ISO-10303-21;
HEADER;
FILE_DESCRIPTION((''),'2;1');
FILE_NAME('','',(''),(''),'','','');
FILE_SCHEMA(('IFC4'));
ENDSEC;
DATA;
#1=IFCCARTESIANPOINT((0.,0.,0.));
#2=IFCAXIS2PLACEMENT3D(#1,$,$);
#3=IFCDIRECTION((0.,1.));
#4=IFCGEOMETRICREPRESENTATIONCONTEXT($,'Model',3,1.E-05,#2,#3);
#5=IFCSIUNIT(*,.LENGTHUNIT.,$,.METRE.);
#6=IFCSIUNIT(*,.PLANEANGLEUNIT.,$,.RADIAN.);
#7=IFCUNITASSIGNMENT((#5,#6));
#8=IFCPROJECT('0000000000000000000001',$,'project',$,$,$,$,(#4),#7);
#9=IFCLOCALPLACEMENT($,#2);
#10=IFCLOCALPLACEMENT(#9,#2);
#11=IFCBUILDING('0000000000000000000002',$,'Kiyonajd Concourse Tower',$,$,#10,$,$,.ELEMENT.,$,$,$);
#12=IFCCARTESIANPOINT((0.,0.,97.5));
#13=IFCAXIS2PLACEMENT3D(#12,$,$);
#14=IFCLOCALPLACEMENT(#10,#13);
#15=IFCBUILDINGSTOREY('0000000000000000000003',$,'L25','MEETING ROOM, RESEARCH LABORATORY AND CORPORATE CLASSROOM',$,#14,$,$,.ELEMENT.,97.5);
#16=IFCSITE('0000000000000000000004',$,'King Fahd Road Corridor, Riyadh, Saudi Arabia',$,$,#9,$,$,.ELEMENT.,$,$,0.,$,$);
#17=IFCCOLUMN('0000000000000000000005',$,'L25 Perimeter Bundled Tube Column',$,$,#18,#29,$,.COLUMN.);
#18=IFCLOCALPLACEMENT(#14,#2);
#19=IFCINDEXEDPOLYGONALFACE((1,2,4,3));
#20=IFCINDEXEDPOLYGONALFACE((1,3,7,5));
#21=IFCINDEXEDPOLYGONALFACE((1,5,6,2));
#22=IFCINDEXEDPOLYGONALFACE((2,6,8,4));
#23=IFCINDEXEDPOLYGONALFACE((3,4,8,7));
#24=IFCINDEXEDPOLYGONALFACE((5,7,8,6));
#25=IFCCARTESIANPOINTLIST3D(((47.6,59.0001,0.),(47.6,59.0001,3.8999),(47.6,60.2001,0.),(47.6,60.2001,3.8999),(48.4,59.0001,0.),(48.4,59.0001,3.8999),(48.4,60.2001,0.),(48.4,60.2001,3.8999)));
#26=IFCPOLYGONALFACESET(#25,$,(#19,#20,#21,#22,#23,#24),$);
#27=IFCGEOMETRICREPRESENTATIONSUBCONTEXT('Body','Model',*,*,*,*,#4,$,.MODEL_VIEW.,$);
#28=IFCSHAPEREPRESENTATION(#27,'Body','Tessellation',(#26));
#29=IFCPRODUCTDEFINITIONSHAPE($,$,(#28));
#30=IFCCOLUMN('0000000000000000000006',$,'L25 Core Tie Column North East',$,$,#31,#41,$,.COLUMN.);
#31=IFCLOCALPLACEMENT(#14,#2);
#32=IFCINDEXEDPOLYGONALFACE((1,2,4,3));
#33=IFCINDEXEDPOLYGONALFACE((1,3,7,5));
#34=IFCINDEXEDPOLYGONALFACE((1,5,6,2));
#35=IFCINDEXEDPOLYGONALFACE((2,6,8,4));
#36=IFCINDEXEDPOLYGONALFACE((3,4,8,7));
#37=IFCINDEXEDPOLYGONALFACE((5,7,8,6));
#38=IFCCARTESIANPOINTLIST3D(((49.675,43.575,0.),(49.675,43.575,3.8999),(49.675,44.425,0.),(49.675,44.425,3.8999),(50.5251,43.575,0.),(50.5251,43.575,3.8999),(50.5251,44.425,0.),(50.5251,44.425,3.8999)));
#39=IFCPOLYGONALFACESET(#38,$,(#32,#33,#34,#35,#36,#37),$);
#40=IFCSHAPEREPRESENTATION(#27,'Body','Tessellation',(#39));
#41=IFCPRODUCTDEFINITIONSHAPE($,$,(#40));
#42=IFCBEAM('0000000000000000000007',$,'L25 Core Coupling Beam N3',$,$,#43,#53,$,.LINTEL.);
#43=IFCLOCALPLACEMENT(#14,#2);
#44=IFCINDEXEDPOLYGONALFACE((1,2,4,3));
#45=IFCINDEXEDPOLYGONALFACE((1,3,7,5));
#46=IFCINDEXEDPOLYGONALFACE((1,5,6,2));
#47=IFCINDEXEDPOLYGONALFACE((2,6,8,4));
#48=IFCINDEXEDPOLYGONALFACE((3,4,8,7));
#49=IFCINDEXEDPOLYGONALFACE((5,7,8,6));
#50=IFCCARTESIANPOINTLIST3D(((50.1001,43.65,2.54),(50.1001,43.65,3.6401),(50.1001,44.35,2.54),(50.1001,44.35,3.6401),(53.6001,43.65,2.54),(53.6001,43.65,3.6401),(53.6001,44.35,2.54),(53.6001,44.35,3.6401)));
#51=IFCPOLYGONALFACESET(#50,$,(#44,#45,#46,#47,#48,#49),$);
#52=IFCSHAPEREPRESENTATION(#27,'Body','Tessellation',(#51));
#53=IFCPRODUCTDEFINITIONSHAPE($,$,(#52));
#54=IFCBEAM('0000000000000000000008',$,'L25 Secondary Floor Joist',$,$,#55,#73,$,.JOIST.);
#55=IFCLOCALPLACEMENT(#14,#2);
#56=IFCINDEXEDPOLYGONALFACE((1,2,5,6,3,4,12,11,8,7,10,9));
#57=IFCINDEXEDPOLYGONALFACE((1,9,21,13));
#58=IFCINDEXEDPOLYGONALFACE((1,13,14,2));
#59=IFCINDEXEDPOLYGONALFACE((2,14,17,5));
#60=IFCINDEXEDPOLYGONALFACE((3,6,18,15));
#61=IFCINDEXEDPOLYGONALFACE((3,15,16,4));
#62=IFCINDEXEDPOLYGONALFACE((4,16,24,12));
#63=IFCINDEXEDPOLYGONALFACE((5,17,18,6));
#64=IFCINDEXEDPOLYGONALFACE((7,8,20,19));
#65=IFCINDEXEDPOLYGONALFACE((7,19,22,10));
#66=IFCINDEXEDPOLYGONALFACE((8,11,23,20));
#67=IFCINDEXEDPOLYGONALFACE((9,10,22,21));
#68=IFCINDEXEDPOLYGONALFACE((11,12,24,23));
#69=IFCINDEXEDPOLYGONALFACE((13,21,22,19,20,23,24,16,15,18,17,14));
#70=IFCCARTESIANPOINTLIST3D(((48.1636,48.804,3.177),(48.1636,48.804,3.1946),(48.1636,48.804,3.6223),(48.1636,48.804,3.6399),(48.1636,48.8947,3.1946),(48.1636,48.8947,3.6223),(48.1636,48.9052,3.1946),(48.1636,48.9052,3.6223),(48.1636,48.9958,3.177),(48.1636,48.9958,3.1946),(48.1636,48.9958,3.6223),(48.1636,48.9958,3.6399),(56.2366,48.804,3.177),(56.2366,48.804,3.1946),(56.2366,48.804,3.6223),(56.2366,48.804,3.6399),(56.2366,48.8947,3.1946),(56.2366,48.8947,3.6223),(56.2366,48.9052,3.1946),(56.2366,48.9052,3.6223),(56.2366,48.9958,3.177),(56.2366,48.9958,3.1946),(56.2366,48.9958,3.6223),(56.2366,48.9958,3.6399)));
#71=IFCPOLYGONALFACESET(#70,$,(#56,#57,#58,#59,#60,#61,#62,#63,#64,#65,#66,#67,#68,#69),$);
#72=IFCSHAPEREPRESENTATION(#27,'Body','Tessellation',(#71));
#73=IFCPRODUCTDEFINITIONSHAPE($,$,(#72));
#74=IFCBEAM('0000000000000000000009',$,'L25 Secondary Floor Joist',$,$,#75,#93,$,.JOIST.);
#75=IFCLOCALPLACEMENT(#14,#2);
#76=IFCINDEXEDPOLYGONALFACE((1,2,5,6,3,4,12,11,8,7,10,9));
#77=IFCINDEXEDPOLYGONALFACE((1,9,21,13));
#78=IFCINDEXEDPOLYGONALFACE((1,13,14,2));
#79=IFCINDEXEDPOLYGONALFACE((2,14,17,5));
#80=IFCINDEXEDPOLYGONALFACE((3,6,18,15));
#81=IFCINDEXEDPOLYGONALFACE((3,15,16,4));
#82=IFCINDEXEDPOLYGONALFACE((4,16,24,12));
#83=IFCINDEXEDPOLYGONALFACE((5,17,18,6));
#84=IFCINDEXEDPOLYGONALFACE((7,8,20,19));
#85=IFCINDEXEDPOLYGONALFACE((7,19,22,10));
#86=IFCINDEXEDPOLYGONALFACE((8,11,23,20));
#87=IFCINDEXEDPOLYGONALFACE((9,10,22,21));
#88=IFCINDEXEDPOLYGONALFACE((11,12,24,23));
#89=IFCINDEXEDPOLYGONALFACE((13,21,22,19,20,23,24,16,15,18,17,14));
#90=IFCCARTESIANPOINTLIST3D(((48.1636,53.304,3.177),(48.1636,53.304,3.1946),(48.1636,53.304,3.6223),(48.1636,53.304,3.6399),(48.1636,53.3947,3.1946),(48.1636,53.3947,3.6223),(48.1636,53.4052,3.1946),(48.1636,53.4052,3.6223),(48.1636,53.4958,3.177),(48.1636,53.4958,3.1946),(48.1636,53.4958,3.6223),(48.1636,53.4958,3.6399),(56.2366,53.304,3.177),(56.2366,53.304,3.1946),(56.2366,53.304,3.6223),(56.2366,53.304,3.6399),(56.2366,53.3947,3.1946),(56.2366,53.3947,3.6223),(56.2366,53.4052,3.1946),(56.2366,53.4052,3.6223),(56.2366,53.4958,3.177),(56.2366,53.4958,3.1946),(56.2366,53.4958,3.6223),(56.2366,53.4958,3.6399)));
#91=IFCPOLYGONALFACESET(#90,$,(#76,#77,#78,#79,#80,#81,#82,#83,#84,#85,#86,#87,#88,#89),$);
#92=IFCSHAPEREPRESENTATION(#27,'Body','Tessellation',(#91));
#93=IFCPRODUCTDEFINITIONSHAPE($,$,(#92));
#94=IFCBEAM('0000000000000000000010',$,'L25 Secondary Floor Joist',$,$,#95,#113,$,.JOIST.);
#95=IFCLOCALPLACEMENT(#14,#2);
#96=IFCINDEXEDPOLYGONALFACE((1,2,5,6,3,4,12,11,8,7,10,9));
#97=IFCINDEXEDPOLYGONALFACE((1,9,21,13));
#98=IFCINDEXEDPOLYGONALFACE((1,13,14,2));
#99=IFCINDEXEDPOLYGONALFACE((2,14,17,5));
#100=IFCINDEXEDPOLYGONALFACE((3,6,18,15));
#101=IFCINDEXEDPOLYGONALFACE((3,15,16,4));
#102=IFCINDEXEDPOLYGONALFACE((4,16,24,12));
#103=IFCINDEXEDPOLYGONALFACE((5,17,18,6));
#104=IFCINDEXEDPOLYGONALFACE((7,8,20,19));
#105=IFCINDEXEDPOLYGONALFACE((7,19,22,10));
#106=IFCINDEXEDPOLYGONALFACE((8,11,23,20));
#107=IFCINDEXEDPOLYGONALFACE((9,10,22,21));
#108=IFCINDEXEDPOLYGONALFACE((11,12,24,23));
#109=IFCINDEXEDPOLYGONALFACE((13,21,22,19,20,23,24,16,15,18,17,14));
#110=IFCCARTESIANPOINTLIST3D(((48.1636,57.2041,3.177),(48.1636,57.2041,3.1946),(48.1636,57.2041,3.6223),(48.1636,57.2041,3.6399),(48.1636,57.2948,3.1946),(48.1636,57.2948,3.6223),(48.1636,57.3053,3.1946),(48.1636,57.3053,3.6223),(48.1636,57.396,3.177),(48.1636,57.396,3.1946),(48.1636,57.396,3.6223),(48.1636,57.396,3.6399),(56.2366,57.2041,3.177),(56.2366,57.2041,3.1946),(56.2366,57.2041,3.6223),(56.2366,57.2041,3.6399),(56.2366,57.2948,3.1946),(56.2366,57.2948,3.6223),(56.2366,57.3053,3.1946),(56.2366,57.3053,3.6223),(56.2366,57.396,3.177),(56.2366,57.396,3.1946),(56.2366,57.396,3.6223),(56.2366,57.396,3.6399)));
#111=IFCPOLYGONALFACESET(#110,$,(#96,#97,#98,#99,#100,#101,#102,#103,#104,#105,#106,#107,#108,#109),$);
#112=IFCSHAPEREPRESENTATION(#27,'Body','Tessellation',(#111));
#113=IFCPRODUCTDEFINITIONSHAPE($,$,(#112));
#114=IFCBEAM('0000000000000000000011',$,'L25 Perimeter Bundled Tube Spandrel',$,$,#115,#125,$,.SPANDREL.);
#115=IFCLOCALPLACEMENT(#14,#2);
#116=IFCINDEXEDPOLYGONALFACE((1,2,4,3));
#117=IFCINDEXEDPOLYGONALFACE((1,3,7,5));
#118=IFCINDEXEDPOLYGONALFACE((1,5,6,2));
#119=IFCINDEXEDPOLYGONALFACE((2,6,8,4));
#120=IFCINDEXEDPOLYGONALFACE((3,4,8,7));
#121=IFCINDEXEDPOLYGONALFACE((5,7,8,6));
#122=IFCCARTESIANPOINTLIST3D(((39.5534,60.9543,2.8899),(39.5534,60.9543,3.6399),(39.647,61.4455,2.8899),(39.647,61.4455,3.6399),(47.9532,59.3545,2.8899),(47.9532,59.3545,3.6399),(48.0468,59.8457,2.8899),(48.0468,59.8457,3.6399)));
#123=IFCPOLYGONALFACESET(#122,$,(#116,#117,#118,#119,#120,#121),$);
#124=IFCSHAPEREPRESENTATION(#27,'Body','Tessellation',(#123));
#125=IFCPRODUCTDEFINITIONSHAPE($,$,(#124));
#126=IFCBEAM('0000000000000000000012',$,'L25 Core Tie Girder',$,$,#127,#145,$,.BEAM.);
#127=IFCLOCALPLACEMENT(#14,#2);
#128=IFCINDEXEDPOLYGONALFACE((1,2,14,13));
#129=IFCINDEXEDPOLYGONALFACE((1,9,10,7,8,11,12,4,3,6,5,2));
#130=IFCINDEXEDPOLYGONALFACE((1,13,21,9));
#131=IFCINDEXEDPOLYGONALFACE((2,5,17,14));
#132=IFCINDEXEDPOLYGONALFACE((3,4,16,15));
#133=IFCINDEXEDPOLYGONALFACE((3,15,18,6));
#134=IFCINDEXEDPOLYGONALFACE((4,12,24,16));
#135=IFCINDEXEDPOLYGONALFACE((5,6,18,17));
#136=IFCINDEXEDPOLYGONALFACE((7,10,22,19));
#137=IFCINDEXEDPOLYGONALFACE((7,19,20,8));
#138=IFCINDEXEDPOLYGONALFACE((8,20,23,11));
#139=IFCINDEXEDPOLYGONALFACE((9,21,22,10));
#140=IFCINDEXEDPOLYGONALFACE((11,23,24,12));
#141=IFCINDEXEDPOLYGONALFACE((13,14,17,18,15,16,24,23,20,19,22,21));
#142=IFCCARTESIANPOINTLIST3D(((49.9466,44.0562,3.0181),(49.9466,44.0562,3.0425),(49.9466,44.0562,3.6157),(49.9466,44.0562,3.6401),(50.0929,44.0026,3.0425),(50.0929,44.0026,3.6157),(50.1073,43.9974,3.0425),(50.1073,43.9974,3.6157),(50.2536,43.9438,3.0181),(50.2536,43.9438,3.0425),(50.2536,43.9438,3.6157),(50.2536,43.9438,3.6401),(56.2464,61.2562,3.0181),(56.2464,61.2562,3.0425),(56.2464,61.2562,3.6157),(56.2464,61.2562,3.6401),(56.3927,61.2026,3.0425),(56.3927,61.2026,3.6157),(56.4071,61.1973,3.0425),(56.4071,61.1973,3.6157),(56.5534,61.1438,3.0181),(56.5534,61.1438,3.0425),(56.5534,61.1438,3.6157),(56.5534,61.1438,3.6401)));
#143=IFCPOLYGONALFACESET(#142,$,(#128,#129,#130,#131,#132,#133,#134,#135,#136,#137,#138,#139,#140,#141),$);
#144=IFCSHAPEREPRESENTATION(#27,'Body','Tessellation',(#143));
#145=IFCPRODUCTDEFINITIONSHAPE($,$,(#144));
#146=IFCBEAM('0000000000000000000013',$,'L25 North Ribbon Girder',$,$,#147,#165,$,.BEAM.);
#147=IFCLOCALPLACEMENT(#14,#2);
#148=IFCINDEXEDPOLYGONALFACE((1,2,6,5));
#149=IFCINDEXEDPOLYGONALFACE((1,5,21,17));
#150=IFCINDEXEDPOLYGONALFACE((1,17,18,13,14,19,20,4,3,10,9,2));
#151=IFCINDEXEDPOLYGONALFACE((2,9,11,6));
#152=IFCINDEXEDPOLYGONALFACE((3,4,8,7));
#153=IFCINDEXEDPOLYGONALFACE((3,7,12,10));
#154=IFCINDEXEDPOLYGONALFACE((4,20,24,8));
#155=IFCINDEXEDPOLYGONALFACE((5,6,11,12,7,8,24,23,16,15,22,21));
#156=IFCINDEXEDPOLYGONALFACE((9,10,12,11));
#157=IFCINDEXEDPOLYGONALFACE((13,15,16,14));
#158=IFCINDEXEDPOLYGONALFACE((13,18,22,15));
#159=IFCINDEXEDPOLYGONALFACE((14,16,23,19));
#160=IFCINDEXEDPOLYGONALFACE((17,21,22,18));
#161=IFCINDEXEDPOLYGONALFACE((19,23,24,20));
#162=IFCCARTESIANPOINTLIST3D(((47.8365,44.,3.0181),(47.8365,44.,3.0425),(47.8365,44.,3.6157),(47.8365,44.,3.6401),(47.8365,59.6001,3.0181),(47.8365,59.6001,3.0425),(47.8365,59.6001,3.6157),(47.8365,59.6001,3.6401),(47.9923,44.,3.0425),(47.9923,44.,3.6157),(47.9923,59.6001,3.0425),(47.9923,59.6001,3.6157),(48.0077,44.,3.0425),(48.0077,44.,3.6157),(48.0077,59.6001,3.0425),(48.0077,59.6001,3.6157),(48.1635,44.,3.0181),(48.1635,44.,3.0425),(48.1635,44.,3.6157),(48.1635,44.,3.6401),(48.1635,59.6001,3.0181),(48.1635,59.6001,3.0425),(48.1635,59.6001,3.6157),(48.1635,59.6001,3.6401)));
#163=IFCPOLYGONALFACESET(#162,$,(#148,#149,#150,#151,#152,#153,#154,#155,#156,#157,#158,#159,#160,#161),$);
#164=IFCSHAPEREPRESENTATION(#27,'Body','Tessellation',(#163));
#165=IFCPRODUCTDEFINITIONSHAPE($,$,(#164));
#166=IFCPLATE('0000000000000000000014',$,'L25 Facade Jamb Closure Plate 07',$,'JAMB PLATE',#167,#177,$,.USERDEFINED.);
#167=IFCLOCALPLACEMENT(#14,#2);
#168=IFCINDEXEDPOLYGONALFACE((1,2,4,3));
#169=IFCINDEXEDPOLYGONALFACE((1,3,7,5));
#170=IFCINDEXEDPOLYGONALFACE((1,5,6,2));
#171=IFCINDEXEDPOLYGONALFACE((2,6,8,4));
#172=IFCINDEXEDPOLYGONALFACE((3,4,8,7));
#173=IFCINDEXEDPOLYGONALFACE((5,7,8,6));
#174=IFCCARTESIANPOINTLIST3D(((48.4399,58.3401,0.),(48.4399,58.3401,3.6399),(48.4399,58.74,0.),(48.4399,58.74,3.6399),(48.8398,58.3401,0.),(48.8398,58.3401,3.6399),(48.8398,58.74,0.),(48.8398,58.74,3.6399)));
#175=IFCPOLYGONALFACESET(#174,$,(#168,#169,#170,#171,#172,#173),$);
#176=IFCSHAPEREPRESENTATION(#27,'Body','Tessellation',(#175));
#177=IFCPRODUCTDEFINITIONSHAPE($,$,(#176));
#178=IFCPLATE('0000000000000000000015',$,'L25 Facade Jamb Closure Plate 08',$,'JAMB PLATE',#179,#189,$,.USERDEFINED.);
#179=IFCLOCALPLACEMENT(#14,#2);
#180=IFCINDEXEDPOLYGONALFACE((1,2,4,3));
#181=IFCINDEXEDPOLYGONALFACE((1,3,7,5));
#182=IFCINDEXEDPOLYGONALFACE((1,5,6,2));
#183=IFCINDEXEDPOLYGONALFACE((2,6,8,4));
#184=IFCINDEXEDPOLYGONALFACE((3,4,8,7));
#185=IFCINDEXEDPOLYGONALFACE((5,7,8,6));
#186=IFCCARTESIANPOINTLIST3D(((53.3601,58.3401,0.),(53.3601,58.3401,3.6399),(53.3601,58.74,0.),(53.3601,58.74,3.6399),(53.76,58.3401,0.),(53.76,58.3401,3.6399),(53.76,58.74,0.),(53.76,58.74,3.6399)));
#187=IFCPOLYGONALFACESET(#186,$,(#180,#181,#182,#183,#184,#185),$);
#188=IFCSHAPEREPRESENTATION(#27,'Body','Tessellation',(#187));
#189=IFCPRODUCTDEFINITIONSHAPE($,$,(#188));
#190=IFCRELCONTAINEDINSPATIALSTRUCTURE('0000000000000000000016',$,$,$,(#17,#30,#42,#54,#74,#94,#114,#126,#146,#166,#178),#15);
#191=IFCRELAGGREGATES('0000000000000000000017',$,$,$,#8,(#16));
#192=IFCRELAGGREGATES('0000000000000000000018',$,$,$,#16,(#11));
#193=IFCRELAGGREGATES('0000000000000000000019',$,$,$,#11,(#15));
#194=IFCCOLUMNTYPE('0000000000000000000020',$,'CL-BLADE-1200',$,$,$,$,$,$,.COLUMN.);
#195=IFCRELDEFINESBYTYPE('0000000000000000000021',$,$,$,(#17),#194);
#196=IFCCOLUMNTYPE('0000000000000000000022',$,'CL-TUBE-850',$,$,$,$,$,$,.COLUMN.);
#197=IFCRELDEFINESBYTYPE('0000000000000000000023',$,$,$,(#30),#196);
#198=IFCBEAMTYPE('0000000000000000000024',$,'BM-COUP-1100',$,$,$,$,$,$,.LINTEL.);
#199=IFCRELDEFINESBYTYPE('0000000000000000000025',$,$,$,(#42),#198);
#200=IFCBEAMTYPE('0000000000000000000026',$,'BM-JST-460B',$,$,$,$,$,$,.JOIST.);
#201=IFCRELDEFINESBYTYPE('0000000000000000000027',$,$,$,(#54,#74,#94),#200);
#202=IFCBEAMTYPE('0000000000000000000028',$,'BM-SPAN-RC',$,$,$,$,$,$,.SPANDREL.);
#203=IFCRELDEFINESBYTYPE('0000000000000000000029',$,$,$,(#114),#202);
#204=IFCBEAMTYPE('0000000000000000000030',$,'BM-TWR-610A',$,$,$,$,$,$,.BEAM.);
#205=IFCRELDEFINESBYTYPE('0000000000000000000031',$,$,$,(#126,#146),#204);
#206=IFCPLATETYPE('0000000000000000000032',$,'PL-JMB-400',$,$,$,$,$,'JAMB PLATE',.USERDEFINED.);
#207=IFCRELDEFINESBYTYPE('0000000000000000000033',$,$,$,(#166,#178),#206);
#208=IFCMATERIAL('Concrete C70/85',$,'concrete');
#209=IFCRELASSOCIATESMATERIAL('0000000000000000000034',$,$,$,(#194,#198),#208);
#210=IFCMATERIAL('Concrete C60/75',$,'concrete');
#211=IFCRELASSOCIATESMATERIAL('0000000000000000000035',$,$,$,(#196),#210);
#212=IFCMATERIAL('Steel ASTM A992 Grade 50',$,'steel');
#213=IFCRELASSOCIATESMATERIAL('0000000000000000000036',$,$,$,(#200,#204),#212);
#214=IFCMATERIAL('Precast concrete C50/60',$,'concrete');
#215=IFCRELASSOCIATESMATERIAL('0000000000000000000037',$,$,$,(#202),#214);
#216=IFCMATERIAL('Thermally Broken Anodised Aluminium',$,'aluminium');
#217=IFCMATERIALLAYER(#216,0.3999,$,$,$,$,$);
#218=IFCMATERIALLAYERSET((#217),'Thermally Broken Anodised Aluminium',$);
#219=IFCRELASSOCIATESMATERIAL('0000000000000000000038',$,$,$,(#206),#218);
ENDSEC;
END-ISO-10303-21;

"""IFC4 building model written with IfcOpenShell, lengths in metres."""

from ifc_helpers import new_model, si_unit, direction, frame, origin, origin_2d, place, context, subcontext, project, spatial, rectangle, i_section, extrude, material, layer, layer_set, material_profile, profile_set, type_object, element, save


model = new_model("IFC4")

# Units and contexts
model_context = context("Model", 3, precision=1e-05, world=origin(), true_north=direction((0.0, 1.0)))
body_context = subcontext(model_context, "Body", "Model", "MODEL_VIEW")
ifc_project = project(units=[si_unit("LENGTHUNIT", "METRE"), si_unit("PLANEANGLEUNIT", "RADIAN")], contexts=[model_context])

# Site, building, storey
site_placement = place(None, origin())
site = spatial("IfcSite", under=ifc_project, at=site_placement, Name="King Fahd Road Corridor, Riyadh, Saudi Arabia", CompositionType="ELEMENT", RefElevation=0.0)
building_placement = place(site_placement, origin())
building = spatial("IfcBuilding", under=site, at=building_placement, Name="Kiyonajd Concourse Tower", CompositionType="ELEMENT")
storey_placement = place(building_placement, frame((0.0, 0.0, 97.5)))
storey = spatial("IfcBuildingStorey", under=building, at=storey_placement, Name="L25", Description="MEETING ROOM, RESEARCH LABORATORY AND CORPORATE CLASSROOM", CompositionType="ELEMENT", Elevation=97.5)

# Columns
ifc_material_1 = material(Name="Concrete C70/85", Category="concrete")
ifc_material_profile_1 = material_profile(ifc_material_1, rectangle(XDim=0.8, YDim=1.2, at=origin_2d()), Name="RC-1200x800")
ifc_profile_set_1 = profile_set([ifc_material_profile_1], Name="Concrete C70/85")
column_type_1 = type_object("IfcColumnType", Name="CL-BLADE-1200", PredefinedType="COLUMN", material=ifc_profile_set_1)
column_1_placement = place(storey_placement, frame((48.0, 59.6001, 0.0), z_axis=(0.0, 0.0, 1.0), x_axis=(1.0, 0.0, 0.0)))
element("IfcColumn", 1, at=column_1_placement, inside=storey, type_object=column_type_1, Name="L25 Perimeter Bundled Tube Column", PredefinedType="COLUMN", context=body_context, shape_type="SweptSolid", body=[
    extrude(rectangle(XDim=0.8, YDim=1.2, at=origin_2d()), origin(), (0.0, 0.0, 1.0), 3.8999),
])
ifc_material_2 = material(Name="Concrete C60/75", Category="concrete")
ifc_material_profile_2 = material_profile(ifc_material_2, rectangle(XDim=0.8501, YDim=0.8501, at=origin_2d()), Name="RC-850x850")
ifc_profile_set_2 = profile_set([ifc_material_profile_2], Name="Concrete C60/75")
column_type_2 = type_object("IfcColumnType", Name="CL-TUBE-850", PredefinedType="COLUMN", material=ifc_profile_set_2)
column_2_placement = place(storey_placement, frame((50.1001, 44.0, 0.0), z_axis=(0.0, 0.0, 1.0), x_axis=(1.0, 0.0, 0.0)))
element("IfcColumn", 2, at=column_2_placement, inside=storey, type_object=column_type_2, Name="L25 Core Tie Column North East", PredefinedType="COLUMN", context=body_context, shape_type="SweptSolid", body=[
    extrude(rectangle(XDim=0.8501, YDim=0.8501, at=origin_2d()), origin(), (0.0, 0.0, 1.0), 3.8999),
])

# Beams
ifc_material_profile_3 = material_profile(ifc_material_1, rectangle(XDim=0.7, YDim=1.1001, at=origin_2d()), Name="RCBM-700x1100")
ifc_profile_set_3 = profile_set([ifc_material_profile_3], Name="Concrete C70/85")
beam_type_1 = type_object("IfcBeamType", Name="BM-COUP-1100", PredefinedType="LINTEL", material=ifc_profile_set_3)
beam_1_placement = place(storey_placement, frame((50.1001, 44.0, 3.0901), z_axis=(1.0, 0.0, 0.0), x_axis=(0.0, 1.0, 0.0)))
element("IfcBeam", 3, at=beam_1_placement, inside=storey, type_object=beam_type_1, Name="L25 Core Coupling Beam N3", PredefinedType="LINTEL", context=body_context, shape_type="SweptSolid", body=[
    extrude(rectangle(XDim=0.7, YDim=1.1001, at=origin_2d()), origin(), (0.0, 0.0, 1.0), 3.5),
])
ifc_material_3 = material(Name="Steel ASTM A992 Grade 50", Category="steel")
ifc_material_profile_4 = material_profile(ifc_material_3, i_section(OverallWidth=0.1919, OverallDepth=0.4629, WebThickness=0.0105, FlangeThickness=0.0176, at=origin_2d()), Name="W460X89")
ifc_profile_set_4 = profile_set([ifc_material_profile_4], Name="Steel ASTM A992 Grade 50")
beam_type_2 = type_object("IfcBeamType", Name="BM-JST-460B", PredefinedType="JOIST", material=ifc_profile_set_4)
for number, where, z_axis, x_axis, name in (
    (4, (48.1636, 48.8999, 3.4084), (1.0, 0.0, 0.0), (0.0, 1.0, 0.0), "L25 Secondary Floor Joist"),
    (5, (48.1636, 53.3999, 3.4084), (1.0, 0.0, 0.0), (0.0, 1.0, 0.0), "L25 Secondary Floor Joist"),
    (6, (48.1636, 57.3, 3.4084), (1.0, 0.0, 0.0), (0.0, 1.0, 0.0), "L25 Secondary Floor Joist"),
):
    element("IfcBeam", number, at=place(storey_placement, frame(where, z_axis=z_axis, x_axis=x_axis)), inside=storey, type_object=beam_type_2, Name=name, PredefinedType="JOIST", context=body_context, shape_type="SweptSolid", body=[
        extrude(i_section(OverallWidth=0.1919, OverallDepth=0.4629, WebThickness=0.0105, FlangeThickness=0.0176, at=origin_2d()), origin(), (0.0, 0.0, 1.0), 8.073),
    ])
ifc_material_4 = material(Name="Precast concrete C50/60", Category="concrete")
ifc_material_profile_5 = material_profile(ifc_material_4, rectangle(XDim=0.5, YDim=0.75, at=origin_2d()), Name="RCBM-500x750")
ifc_profile_set_5 = profile_set([ifc_material_profile_5], Name="Precast concrete C50/60")
beam_type_3 = type_object("IfcBeamType", Name="BM-SPAN-RC", PredefinedType="SPANDREL", material=ifc_profile_set_5)
beam_2_placement = place(storey_placement, frame((48.0, 59.6001, 3.2649), z_axis=(-0.982341, 0.187098, 0.0), x_axis=(-0.187098, -0.982341, 0.0)))
element("IfcBeam", 7, at=beam_2_placement, inside=storey, type_object=beam_type_3, Name="L25 Perimeter Bundled Tube Spandrel", PredefinedType="SPANDREL", context=body_context, shape_type="SweptSolid", body=[
    extrude(rectangle(XDim=0.5, YDim=0.75, at=origin_2d()), origin(), (0.0, 0.0, 1.0), 8.5508),
])
ifc_material_profile_6 = material_profile(ifc_material_3, i_section(OverallWidth=0.3269, OverallDepth=0.6221, WebThickness=0.0154, FlangeThickness=0.0244, at=origin_2d()), Name="W610X195")
ifc_profile_set_6 = profile_set([ifc_material_profile_6], Name="Steel ASTM A992 Grade 50")
beam_type_4 = type_object("IfcBeamType", Name="BM-TWR-610A", PredefinedType="BEAM", material=ifc_profile_set_6)
beam_3_placement = place(storey_placement, frame((50.1001, 44.0, 3.3291), z_axis=(0.343925, 0.938997, 0.0), x_axis=(-0.938997, 0.343925, 0.0)))
element("IfcBeam", 8, at=beam_3_placement, inside=storey, type_object=beam_type_4, Name="L25 Core Tie Girder", PredefinedType="BEAM", context=body_context, shape_type="SweptSolid", body=[
    extrude(i_section(OverallWidth=0.3269, OverallDepth=0.6221, WebThickness=0.0154, FlangeThickness=0.0244, at=origin_2d()), origin(), (0.0, 0.0, 1.0), 18.3174),
])
beam_4_placement = place(storey_placement, frame((48.0, 44.0, 3.3291), z_axis=(0.0, 1.0, 0.0), x_axis=(-1.0, 0.0, 0.0)))
element("IfcBeam", 9, at=beam_4_placement, inside=storey, type_object=beam_type_4, Name="L25 North Ribbon Girder", PredefinedType="BEAM", context=body_context, shape_type="SweptSolid", body=[
    extrude(i_section(OverallWidth=0.3269, OverallDepth=0.6221, WebThickness=0.0154, FlangeThickness=0.0244, at=origin_2d()), origin(), (0.0, 0.0, 1.0), 15.6001),
])

# Plates
ifc_material_5 = material(Name="Thermally Broken Anodised Aluminium", Category="aluminium")
ifc_layer_1 = layer(ifc_material_5, 0.3999)
ifc_layer_set_1 = layer_set([ifc_layer_1], Name="Thermally Broken Anodised Aluminium")
plate_type = type_object("IfcPlateType", Name="PL-JMB-400", ElementType="JAMB PLATE", PredefinedType="USERDEFINED", material=ifc_layer_set_1)
for number, where, z_axis, x_axis, name in (
    (10, (48.6399, 58.54, 0.0), (0.0, 0.0, 1.0), (1.0, 0.0, 0.0), "L25 Facade Jamb Closure Plate 07"),
    (11, (53.5601, 58.54, 0.0), (0.0, 0.0, 1.0), (1.0, 0.0, 0.0), "L25 Facade Jamb Closure Plate 08"),
):
    element("IfcPlate", number, at=place(storey_placement, frame(where, z_axis=z_axis, x_axis=x_axis)), inside=storey, type_object=plate_type, Name=name, ObjectType="JAMB PLATE", PredefinedType="USERDEFINED", context=body_context, shape_type="SweptSolid", body=[
        extrude(rectangle(XDim=0.3999, YDim=0.3999, at=origin_2d()), origin(), (0.0, 0.0, 1.0), 3.6399),
    ])

save(model, "model.ifc")
